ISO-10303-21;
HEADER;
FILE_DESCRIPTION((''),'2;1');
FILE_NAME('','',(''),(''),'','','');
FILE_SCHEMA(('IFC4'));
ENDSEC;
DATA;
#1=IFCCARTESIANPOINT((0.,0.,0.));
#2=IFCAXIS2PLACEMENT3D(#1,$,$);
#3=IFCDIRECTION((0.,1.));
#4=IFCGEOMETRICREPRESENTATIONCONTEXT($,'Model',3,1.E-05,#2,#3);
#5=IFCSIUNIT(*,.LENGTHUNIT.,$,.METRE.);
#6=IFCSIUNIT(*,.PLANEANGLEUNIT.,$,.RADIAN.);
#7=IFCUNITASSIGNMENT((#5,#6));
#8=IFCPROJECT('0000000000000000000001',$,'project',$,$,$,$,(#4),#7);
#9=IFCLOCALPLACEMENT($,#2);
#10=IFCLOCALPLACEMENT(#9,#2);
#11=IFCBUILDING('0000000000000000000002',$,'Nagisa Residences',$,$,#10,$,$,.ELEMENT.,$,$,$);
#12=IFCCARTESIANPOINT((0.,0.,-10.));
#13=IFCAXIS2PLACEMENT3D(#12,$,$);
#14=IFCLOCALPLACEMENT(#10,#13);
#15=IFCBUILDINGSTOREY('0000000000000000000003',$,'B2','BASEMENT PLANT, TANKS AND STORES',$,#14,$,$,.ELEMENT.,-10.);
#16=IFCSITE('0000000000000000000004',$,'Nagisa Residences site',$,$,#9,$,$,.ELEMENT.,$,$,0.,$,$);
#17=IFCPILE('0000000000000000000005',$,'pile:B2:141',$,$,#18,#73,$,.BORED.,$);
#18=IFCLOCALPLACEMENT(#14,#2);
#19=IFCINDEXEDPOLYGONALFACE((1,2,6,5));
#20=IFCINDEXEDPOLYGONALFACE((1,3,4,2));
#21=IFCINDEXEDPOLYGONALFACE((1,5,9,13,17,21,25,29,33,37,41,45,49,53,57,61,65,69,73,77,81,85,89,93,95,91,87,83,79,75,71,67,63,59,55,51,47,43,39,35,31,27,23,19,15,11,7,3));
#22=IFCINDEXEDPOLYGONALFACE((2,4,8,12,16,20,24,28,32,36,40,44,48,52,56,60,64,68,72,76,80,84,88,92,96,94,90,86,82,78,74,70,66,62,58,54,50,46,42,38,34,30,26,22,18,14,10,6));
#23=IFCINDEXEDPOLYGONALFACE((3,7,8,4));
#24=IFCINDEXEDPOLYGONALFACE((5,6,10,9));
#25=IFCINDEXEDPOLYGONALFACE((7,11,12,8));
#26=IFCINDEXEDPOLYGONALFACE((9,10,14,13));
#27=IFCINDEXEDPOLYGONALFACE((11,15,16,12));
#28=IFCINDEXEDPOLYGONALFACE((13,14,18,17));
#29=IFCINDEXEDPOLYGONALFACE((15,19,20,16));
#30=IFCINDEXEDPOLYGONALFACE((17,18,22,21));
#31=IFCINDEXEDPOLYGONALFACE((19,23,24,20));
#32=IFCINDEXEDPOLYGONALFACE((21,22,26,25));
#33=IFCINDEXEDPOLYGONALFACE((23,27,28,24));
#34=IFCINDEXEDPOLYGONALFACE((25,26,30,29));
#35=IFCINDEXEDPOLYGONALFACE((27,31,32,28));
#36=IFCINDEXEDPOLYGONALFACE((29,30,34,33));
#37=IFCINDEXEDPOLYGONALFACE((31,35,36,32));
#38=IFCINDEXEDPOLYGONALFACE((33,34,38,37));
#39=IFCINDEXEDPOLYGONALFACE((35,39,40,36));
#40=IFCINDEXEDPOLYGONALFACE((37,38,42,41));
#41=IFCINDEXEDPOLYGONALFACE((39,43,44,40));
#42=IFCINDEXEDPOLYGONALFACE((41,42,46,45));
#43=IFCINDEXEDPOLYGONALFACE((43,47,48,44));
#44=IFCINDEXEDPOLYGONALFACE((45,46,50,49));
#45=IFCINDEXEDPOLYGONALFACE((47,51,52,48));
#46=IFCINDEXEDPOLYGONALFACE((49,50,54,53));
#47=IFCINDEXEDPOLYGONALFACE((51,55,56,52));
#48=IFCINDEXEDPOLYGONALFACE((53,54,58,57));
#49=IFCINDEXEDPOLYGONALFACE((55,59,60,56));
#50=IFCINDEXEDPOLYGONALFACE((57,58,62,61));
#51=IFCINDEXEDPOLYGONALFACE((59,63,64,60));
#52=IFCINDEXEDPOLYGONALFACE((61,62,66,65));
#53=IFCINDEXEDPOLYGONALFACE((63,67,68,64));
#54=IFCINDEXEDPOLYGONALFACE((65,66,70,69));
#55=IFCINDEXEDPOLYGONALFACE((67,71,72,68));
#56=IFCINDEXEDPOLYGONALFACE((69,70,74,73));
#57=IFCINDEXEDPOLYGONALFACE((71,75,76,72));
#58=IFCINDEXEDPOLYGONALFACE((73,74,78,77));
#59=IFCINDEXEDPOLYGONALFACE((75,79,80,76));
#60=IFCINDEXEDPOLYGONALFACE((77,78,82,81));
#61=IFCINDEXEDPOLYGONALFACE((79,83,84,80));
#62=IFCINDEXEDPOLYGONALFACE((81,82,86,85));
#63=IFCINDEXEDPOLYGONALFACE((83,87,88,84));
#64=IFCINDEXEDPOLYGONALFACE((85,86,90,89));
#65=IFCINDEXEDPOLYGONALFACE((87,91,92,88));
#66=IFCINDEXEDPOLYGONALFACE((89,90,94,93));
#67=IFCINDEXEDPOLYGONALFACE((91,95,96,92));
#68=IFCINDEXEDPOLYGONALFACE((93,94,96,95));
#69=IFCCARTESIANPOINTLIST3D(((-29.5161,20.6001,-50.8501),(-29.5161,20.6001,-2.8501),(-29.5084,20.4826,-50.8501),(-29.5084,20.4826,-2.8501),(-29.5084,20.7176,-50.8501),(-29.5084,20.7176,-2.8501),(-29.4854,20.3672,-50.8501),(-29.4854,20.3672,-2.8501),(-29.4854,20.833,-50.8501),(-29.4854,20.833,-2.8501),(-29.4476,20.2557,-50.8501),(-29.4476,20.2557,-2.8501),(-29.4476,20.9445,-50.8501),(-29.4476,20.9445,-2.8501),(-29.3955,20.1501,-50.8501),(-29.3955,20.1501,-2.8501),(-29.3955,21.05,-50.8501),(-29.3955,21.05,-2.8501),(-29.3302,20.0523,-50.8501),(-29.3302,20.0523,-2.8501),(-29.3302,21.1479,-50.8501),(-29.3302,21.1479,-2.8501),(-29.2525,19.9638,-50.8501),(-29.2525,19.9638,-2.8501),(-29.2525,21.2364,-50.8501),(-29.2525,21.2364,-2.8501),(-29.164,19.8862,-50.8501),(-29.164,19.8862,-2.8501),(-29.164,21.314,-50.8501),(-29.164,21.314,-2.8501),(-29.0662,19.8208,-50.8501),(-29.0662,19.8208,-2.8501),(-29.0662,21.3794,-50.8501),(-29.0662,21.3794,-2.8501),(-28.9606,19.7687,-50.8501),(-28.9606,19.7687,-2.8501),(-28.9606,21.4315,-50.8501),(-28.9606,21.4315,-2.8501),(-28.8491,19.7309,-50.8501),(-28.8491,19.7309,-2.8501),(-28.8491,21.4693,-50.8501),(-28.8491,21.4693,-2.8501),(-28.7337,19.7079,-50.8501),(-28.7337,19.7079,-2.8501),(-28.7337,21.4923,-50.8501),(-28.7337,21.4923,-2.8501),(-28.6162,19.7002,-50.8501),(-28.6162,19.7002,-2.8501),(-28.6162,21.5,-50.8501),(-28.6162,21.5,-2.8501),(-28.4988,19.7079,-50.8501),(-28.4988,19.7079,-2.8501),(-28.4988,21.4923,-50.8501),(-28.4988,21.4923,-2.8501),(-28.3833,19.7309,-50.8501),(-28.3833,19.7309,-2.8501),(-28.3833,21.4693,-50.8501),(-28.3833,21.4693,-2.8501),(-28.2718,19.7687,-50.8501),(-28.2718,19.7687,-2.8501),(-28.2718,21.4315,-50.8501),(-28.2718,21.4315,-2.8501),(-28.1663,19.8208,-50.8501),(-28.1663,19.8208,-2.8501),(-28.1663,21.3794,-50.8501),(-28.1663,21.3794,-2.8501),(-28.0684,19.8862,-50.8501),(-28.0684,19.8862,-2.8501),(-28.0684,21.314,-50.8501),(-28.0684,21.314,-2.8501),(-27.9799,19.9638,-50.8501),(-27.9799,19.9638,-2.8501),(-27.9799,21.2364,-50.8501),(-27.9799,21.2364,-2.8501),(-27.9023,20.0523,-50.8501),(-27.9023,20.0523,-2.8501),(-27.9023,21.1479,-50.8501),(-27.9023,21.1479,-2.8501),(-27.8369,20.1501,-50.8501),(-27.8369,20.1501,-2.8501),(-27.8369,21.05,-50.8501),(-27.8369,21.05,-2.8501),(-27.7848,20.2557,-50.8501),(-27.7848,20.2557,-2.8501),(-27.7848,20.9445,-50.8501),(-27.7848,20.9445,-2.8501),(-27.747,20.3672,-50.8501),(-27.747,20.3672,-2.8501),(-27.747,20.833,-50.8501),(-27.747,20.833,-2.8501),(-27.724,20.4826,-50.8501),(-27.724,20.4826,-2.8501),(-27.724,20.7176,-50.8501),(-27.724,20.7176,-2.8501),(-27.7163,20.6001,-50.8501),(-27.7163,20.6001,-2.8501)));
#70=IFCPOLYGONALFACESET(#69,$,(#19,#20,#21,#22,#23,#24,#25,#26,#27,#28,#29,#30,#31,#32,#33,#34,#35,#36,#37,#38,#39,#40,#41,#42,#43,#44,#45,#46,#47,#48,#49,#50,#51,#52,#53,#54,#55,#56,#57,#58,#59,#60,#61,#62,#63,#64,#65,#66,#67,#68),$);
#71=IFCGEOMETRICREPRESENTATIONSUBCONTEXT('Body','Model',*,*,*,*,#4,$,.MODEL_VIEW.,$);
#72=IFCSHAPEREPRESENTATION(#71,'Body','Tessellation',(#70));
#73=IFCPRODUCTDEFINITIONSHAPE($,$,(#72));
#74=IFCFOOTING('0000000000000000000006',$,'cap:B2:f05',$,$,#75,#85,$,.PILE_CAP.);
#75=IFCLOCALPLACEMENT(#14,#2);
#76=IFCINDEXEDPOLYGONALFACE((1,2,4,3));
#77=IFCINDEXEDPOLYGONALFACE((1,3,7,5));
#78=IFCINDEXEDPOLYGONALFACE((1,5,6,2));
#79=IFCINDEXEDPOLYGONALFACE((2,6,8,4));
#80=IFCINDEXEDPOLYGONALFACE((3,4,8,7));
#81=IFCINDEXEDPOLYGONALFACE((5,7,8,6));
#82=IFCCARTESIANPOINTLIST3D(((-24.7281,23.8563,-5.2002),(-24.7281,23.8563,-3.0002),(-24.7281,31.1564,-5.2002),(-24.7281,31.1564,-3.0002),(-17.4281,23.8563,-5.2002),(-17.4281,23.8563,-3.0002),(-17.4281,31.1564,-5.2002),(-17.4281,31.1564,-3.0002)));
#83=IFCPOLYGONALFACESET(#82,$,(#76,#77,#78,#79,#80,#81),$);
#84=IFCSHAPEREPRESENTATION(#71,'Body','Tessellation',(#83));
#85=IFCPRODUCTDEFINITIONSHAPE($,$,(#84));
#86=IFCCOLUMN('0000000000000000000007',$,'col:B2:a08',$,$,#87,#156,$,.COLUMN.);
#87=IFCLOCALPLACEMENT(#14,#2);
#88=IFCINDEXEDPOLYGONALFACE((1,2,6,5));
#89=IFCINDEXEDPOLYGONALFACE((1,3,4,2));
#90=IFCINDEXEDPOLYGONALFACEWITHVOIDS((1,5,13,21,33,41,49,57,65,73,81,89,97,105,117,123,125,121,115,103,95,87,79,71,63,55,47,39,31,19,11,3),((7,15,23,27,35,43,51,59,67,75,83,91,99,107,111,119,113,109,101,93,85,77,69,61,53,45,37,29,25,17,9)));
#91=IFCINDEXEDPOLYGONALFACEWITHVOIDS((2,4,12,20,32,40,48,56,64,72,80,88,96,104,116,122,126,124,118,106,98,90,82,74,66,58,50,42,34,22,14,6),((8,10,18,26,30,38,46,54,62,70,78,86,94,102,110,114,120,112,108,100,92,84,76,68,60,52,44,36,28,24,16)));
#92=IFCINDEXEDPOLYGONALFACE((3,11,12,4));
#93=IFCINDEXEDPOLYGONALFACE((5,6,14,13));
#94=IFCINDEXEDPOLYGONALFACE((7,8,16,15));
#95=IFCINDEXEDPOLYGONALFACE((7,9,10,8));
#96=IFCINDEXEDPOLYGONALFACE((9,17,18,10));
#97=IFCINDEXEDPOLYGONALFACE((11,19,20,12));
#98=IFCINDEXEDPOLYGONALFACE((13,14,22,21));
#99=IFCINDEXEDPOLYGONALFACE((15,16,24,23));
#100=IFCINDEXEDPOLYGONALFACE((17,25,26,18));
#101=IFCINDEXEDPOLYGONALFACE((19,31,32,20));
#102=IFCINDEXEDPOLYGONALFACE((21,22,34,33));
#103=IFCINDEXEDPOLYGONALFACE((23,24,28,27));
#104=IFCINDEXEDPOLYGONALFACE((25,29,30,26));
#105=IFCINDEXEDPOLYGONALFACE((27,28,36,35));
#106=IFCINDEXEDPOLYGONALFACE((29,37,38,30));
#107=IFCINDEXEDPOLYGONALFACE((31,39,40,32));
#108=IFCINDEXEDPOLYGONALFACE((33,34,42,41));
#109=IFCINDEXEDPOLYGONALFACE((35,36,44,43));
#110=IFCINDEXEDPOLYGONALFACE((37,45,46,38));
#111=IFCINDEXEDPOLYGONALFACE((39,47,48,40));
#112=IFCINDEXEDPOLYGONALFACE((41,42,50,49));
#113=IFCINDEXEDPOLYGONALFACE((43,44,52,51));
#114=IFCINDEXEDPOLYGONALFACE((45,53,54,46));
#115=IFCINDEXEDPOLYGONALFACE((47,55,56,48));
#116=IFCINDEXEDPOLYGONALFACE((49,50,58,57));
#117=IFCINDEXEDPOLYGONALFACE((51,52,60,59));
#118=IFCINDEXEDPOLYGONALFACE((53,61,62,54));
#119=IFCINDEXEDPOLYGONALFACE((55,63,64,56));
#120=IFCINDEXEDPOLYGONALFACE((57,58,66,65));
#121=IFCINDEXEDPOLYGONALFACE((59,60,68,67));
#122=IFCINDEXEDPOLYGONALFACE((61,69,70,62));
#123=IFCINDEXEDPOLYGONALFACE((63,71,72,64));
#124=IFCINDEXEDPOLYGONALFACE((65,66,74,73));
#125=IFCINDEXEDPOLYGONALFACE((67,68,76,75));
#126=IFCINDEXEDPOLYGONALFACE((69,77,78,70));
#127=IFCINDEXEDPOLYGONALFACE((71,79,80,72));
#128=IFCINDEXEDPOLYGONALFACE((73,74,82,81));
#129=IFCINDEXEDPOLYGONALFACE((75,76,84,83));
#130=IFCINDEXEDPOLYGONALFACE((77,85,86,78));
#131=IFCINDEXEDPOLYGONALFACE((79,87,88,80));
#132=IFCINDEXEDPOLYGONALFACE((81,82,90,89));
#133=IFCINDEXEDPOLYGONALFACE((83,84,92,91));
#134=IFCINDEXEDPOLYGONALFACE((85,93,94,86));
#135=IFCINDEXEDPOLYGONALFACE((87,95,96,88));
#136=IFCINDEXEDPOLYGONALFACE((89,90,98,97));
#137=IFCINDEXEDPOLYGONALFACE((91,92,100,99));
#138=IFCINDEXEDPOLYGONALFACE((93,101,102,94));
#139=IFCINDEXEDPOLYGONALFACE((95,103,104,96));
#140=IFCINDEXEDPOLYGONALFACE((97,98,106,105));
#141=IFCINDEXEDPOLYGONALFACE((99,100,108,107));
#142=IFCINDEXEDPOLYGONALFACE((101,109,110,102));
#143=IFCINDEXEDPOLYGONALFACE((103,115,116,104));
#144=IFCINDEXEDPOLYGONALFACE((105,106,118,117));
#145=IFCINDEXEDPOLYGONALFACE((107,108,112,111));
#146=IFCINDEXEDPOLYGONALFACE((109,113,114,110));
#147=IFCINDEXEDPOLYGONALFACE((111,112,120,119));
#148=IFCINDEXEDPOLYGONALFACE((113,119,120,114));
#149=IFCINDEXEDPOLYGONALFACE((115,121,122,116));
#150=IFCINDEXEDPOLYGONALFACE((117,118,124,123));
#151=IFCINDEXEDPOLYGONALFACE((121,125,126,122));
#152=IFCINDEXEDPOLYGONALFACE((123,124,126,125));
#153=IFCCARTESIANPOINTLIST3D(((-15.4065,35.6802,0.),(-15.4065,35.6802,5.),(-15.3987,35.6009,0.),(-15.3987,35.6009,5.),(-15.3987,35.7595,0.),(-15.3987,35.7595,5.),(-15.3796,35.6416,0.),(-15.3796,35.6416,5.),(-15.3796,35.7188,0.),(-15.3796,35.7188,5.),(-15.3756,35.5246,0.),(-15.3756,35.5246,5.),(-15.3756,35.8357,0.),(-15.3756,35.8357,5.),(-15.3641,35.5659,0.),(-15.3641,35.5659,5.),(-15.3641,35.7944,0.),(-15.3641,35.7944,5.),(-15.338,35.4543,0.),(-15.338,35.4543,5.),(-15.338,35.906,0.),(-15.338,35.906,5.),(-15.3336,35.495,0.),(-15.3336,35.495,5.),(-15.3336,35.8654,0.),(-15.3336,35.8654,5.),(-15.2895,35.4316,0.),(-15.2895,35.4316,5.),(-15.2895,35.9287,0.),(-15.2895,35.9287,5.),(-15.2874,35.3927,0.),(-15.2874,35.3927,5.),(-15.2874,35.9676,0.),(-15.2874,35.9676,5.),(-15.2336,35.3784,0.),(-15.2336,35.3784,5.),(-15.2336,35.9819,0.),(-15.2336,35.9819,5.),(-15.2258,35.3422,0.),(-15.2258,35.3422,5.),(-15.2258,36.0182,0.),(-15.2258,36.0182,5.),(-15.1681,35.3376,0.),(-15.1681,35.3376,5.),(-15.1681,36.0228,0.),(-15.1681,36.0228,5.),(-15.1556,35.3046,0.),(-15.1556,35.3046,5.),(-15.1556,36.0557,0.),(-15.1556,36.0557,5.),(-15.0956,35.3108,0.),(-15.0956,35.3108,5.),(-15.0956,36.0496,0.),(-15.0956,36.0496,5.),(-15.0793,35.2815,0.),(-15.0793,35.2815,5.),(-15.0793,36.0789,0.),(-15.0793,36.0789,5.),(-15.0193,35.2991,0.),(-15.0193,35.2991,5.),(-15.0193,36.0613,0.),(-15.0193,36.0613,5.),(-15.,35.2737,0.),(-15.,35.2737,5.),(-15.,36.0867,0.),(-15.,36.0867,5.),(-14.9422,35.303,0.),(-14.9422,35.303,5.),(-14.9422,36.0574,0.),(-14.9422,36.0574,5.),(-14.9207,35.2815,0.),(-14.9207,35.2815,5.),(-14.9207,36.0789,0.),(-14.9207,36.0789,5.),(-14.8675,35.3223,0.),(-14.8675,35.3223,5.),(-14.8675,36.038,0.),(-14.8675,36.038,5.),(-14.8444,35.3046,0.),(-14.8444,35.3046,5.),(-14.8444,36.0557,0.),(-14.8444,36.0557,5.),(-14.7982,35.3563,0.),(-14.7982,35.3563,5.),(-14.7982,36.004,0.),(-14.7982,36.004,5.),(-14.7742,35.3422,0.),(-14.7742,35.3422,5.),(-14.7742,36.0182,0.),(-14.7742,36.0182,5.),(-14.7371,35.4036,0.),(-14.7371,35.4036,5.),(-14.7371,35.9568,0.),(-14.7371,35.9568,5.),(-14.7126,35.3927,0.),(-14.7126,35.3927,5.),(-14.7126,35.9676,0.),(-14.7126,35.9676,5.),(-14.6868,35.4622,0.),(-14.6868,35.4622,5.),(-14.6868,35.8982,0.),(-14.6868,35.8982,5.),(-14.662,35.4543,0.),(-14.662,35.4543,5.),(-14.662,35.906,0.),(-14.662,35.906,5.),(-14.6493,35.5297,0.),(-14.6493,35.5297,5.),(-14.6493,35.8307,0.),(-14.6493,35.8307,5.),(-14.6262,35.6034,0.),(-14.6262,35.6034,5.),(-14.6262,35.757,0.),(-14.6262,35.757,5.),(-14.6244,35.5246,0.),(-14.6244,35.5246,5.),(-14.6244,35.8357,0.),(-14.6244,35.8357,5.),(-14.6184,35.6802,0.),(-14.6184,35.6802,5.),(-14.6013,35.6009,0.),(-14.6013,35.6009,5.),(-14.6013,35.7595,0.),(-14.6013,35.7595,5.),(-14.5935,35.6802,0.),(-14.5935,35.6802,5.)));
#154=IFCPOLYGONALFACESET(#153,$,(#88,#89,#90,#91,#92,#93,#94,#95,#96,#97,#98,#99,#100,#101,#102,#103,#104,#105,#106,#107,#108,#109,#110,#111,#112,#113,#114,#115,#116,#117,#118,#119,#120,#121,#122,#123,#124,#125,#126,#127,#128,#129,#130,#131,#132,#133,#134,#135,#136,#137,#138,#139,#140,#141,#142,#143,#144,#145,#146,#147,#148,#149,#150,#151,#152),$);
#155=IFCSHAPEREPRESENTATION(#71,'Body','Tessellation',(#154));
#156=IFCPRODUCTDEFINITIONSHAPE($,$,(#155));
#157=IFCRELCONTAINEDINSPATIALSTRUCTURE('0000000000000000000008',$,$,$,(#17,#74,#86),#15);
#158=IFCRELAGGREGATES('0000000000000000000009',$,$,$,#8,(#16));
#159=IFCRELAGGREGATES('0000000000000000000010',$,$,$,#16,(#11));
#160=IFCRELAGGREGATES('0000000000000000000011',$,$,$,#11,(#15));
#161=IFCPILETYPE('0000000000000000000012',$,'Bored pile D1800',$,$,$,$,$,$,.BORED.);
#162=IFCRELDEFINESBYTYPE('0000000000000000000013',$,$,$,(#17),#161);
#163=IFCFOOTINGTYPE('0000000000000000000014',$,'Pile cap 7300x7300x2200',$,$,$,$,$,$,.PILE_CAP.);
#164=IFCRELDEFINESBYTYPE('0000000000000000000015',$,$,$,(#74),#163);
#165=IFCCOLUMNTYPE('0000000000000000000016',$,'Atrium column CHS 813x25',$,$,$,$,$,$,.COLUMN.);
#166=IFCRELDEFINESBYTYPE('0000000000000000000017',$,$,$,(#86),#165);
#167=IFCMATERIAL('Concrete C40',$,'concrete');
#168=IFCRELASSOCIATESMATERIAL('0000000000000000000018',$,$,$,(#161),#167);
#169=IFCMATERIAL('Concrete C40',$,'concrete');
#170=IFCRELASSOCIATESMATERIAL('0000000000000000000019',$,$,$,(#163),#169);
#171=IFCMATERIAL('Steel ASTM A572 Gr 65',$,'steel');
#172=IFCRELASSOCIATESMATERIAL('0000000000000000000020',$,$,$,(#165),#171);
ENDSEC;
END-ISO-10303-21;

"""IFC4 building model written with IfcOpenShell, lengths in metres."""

from ifc_helpers import new_model, si_unit, direction, frame, origin, origin_2d, place, context, subcontext, project, spatial, rectangle, circle, hollow_circle, extrude, material, material_profile, profile_set, type_object, element, save


model = new_model("IFC4")

# Units and contexts
model_context = context("Model", 3, precision=1e-05, world=origin(), true_north=direction((0.0, 1.0)))
body_context = subcontext(model_context, "Body", "Model", "MODEL_VIEW")
ifc_project = project(units=[si_unit("LENGTHUNIT", "METRE"), si_unit("PLANEANGLEUNIT", "RADIAN")], contexts=[model_context])

# Site, building, storey
site_placement = place(None, origin())
site = spatial("IfcSite", under=ifc_project, at=site_placement, Name="Nagisa Residences site", CompositionType="ELEMENT", RefElevation=0.0)
building_placement = place(site_placement, origin())
building = spatial("IfcBuilding", under=site, at=building_placement, Name="Nagisa Residences", CompositionType="ELEMENT")
storey_placement = place(building_placement, frame((0.0, 0.0, -10.0)))
storey = spatial("IfcBuildingStorey", under=building, at=storey_placement, Name="B2", Description="BASEMENT PLANT, TANKS AND STORES", CompositionType="ELEMENT", Elevation=-10.0)

# Pile
ifc_material_1 = material(Name="Concrete C40", Category="concrete")
ifc_material_profile_1 = material_profile(ifc_material_1, circle(Radius=0.8999, at=origin_2d()), Name="Bored pile D1800")
ifc_profile_set_1 = profile_set([ifc_material_profile_1], Name="Concrete C40")
pile_type = type_object("IfcPileType", Name="Bored pile D1800", PredefinedType="BORED", material=ifc_profile_set_1)
for number, where, z_axis, x_axis, name in (
    (1, (-28.6162, 20.6001, -2.8501), (0.0, 0.0, -1.0), (1.0, 0.0, 0.0), "pile:B2:141"),
):
    element("IfcPile", number, at=place(storey_placement, frame(where, z_axis=z_axis, x_axis=x_axis)), inside=storey, type_object=pile_type, Name=name, PredefinedType="BORED", context=body_context, shape_type="SweptSolid", body=[
        extrude(circle(Radius=0.8999, at=origin_2d()), origin(), (0.0, 0.0, 1.0), 48.0),
    ])

# Footing
ifc_material_2 = material(Name="Concrete C40", Category="concrete")
footing_type = type_object("IfcFootingType", Name="Pile cap 7300x7300x2200", PredefinedType="PILE_CAP", material=ifc_material_2)
footing_placement = place(storey_placement, frame((-21.0781, 27.5063, -5.2002), z_axis=(0.0, 0.0, 1.0), x_axis=(1.0, 0.0, 0.0)))
element("IfcFooting", 2, at=footing_placement, inside=storey, type_object=footing_type, Name="cap:B2:f05", PredefinedType="PILE_CAP", context=body_context, shape_type="SweptSolid", body=[
    extrude(rectangle(XDim=7.3, YDim=7.3, at=origin_2d()), origin(), (0.0, 0.0, 1.0), 2.2),
])

# Column
ifc_material_3 = material(Name="Steel ASTM A572 Gr 65", Category="steel")
ifc_material_profile_2 = material_profile(ifc_material_3, hollow_circle(Radius=0.4065, WallThickness=0.0249, at=origin_2d()), Name="CHS 813x25")
ifc_profile_set_2 = profile_set([ifc_material_profile_2], Name="Steel ASTM A572 Gr 65")
column_type_1 = type_object("IfcColumnType", Name="Atrium column CHS 813x25", PredefinedType="COLUMN", material=ifc_profile_set_2)
for number, where, z_axis, x_axis, name in (
    (3, (-15.0, 35.6802, 0.0), (0.0, 0.0, 1.0), (1.0, 0.0, 0.0), "col:B2:a08"),
):
    element("IfcColumn", number, at=place(storey_placement, frame(where, z_axis=z_axis, x_axis=x_axis)), inside=storey, type_object=column_type_1, Name=name, PredefinedType="COLUMN", context=body_context, shape_type="SweptSolid", body=[
        extrude(hollow_circle(Radius=0.4065, WallThickness=0.0249, at=origin_2d()), origin(), (0.0, 0.0, 1.0), 5.0),
    ])

save(model, "model.ifc")
